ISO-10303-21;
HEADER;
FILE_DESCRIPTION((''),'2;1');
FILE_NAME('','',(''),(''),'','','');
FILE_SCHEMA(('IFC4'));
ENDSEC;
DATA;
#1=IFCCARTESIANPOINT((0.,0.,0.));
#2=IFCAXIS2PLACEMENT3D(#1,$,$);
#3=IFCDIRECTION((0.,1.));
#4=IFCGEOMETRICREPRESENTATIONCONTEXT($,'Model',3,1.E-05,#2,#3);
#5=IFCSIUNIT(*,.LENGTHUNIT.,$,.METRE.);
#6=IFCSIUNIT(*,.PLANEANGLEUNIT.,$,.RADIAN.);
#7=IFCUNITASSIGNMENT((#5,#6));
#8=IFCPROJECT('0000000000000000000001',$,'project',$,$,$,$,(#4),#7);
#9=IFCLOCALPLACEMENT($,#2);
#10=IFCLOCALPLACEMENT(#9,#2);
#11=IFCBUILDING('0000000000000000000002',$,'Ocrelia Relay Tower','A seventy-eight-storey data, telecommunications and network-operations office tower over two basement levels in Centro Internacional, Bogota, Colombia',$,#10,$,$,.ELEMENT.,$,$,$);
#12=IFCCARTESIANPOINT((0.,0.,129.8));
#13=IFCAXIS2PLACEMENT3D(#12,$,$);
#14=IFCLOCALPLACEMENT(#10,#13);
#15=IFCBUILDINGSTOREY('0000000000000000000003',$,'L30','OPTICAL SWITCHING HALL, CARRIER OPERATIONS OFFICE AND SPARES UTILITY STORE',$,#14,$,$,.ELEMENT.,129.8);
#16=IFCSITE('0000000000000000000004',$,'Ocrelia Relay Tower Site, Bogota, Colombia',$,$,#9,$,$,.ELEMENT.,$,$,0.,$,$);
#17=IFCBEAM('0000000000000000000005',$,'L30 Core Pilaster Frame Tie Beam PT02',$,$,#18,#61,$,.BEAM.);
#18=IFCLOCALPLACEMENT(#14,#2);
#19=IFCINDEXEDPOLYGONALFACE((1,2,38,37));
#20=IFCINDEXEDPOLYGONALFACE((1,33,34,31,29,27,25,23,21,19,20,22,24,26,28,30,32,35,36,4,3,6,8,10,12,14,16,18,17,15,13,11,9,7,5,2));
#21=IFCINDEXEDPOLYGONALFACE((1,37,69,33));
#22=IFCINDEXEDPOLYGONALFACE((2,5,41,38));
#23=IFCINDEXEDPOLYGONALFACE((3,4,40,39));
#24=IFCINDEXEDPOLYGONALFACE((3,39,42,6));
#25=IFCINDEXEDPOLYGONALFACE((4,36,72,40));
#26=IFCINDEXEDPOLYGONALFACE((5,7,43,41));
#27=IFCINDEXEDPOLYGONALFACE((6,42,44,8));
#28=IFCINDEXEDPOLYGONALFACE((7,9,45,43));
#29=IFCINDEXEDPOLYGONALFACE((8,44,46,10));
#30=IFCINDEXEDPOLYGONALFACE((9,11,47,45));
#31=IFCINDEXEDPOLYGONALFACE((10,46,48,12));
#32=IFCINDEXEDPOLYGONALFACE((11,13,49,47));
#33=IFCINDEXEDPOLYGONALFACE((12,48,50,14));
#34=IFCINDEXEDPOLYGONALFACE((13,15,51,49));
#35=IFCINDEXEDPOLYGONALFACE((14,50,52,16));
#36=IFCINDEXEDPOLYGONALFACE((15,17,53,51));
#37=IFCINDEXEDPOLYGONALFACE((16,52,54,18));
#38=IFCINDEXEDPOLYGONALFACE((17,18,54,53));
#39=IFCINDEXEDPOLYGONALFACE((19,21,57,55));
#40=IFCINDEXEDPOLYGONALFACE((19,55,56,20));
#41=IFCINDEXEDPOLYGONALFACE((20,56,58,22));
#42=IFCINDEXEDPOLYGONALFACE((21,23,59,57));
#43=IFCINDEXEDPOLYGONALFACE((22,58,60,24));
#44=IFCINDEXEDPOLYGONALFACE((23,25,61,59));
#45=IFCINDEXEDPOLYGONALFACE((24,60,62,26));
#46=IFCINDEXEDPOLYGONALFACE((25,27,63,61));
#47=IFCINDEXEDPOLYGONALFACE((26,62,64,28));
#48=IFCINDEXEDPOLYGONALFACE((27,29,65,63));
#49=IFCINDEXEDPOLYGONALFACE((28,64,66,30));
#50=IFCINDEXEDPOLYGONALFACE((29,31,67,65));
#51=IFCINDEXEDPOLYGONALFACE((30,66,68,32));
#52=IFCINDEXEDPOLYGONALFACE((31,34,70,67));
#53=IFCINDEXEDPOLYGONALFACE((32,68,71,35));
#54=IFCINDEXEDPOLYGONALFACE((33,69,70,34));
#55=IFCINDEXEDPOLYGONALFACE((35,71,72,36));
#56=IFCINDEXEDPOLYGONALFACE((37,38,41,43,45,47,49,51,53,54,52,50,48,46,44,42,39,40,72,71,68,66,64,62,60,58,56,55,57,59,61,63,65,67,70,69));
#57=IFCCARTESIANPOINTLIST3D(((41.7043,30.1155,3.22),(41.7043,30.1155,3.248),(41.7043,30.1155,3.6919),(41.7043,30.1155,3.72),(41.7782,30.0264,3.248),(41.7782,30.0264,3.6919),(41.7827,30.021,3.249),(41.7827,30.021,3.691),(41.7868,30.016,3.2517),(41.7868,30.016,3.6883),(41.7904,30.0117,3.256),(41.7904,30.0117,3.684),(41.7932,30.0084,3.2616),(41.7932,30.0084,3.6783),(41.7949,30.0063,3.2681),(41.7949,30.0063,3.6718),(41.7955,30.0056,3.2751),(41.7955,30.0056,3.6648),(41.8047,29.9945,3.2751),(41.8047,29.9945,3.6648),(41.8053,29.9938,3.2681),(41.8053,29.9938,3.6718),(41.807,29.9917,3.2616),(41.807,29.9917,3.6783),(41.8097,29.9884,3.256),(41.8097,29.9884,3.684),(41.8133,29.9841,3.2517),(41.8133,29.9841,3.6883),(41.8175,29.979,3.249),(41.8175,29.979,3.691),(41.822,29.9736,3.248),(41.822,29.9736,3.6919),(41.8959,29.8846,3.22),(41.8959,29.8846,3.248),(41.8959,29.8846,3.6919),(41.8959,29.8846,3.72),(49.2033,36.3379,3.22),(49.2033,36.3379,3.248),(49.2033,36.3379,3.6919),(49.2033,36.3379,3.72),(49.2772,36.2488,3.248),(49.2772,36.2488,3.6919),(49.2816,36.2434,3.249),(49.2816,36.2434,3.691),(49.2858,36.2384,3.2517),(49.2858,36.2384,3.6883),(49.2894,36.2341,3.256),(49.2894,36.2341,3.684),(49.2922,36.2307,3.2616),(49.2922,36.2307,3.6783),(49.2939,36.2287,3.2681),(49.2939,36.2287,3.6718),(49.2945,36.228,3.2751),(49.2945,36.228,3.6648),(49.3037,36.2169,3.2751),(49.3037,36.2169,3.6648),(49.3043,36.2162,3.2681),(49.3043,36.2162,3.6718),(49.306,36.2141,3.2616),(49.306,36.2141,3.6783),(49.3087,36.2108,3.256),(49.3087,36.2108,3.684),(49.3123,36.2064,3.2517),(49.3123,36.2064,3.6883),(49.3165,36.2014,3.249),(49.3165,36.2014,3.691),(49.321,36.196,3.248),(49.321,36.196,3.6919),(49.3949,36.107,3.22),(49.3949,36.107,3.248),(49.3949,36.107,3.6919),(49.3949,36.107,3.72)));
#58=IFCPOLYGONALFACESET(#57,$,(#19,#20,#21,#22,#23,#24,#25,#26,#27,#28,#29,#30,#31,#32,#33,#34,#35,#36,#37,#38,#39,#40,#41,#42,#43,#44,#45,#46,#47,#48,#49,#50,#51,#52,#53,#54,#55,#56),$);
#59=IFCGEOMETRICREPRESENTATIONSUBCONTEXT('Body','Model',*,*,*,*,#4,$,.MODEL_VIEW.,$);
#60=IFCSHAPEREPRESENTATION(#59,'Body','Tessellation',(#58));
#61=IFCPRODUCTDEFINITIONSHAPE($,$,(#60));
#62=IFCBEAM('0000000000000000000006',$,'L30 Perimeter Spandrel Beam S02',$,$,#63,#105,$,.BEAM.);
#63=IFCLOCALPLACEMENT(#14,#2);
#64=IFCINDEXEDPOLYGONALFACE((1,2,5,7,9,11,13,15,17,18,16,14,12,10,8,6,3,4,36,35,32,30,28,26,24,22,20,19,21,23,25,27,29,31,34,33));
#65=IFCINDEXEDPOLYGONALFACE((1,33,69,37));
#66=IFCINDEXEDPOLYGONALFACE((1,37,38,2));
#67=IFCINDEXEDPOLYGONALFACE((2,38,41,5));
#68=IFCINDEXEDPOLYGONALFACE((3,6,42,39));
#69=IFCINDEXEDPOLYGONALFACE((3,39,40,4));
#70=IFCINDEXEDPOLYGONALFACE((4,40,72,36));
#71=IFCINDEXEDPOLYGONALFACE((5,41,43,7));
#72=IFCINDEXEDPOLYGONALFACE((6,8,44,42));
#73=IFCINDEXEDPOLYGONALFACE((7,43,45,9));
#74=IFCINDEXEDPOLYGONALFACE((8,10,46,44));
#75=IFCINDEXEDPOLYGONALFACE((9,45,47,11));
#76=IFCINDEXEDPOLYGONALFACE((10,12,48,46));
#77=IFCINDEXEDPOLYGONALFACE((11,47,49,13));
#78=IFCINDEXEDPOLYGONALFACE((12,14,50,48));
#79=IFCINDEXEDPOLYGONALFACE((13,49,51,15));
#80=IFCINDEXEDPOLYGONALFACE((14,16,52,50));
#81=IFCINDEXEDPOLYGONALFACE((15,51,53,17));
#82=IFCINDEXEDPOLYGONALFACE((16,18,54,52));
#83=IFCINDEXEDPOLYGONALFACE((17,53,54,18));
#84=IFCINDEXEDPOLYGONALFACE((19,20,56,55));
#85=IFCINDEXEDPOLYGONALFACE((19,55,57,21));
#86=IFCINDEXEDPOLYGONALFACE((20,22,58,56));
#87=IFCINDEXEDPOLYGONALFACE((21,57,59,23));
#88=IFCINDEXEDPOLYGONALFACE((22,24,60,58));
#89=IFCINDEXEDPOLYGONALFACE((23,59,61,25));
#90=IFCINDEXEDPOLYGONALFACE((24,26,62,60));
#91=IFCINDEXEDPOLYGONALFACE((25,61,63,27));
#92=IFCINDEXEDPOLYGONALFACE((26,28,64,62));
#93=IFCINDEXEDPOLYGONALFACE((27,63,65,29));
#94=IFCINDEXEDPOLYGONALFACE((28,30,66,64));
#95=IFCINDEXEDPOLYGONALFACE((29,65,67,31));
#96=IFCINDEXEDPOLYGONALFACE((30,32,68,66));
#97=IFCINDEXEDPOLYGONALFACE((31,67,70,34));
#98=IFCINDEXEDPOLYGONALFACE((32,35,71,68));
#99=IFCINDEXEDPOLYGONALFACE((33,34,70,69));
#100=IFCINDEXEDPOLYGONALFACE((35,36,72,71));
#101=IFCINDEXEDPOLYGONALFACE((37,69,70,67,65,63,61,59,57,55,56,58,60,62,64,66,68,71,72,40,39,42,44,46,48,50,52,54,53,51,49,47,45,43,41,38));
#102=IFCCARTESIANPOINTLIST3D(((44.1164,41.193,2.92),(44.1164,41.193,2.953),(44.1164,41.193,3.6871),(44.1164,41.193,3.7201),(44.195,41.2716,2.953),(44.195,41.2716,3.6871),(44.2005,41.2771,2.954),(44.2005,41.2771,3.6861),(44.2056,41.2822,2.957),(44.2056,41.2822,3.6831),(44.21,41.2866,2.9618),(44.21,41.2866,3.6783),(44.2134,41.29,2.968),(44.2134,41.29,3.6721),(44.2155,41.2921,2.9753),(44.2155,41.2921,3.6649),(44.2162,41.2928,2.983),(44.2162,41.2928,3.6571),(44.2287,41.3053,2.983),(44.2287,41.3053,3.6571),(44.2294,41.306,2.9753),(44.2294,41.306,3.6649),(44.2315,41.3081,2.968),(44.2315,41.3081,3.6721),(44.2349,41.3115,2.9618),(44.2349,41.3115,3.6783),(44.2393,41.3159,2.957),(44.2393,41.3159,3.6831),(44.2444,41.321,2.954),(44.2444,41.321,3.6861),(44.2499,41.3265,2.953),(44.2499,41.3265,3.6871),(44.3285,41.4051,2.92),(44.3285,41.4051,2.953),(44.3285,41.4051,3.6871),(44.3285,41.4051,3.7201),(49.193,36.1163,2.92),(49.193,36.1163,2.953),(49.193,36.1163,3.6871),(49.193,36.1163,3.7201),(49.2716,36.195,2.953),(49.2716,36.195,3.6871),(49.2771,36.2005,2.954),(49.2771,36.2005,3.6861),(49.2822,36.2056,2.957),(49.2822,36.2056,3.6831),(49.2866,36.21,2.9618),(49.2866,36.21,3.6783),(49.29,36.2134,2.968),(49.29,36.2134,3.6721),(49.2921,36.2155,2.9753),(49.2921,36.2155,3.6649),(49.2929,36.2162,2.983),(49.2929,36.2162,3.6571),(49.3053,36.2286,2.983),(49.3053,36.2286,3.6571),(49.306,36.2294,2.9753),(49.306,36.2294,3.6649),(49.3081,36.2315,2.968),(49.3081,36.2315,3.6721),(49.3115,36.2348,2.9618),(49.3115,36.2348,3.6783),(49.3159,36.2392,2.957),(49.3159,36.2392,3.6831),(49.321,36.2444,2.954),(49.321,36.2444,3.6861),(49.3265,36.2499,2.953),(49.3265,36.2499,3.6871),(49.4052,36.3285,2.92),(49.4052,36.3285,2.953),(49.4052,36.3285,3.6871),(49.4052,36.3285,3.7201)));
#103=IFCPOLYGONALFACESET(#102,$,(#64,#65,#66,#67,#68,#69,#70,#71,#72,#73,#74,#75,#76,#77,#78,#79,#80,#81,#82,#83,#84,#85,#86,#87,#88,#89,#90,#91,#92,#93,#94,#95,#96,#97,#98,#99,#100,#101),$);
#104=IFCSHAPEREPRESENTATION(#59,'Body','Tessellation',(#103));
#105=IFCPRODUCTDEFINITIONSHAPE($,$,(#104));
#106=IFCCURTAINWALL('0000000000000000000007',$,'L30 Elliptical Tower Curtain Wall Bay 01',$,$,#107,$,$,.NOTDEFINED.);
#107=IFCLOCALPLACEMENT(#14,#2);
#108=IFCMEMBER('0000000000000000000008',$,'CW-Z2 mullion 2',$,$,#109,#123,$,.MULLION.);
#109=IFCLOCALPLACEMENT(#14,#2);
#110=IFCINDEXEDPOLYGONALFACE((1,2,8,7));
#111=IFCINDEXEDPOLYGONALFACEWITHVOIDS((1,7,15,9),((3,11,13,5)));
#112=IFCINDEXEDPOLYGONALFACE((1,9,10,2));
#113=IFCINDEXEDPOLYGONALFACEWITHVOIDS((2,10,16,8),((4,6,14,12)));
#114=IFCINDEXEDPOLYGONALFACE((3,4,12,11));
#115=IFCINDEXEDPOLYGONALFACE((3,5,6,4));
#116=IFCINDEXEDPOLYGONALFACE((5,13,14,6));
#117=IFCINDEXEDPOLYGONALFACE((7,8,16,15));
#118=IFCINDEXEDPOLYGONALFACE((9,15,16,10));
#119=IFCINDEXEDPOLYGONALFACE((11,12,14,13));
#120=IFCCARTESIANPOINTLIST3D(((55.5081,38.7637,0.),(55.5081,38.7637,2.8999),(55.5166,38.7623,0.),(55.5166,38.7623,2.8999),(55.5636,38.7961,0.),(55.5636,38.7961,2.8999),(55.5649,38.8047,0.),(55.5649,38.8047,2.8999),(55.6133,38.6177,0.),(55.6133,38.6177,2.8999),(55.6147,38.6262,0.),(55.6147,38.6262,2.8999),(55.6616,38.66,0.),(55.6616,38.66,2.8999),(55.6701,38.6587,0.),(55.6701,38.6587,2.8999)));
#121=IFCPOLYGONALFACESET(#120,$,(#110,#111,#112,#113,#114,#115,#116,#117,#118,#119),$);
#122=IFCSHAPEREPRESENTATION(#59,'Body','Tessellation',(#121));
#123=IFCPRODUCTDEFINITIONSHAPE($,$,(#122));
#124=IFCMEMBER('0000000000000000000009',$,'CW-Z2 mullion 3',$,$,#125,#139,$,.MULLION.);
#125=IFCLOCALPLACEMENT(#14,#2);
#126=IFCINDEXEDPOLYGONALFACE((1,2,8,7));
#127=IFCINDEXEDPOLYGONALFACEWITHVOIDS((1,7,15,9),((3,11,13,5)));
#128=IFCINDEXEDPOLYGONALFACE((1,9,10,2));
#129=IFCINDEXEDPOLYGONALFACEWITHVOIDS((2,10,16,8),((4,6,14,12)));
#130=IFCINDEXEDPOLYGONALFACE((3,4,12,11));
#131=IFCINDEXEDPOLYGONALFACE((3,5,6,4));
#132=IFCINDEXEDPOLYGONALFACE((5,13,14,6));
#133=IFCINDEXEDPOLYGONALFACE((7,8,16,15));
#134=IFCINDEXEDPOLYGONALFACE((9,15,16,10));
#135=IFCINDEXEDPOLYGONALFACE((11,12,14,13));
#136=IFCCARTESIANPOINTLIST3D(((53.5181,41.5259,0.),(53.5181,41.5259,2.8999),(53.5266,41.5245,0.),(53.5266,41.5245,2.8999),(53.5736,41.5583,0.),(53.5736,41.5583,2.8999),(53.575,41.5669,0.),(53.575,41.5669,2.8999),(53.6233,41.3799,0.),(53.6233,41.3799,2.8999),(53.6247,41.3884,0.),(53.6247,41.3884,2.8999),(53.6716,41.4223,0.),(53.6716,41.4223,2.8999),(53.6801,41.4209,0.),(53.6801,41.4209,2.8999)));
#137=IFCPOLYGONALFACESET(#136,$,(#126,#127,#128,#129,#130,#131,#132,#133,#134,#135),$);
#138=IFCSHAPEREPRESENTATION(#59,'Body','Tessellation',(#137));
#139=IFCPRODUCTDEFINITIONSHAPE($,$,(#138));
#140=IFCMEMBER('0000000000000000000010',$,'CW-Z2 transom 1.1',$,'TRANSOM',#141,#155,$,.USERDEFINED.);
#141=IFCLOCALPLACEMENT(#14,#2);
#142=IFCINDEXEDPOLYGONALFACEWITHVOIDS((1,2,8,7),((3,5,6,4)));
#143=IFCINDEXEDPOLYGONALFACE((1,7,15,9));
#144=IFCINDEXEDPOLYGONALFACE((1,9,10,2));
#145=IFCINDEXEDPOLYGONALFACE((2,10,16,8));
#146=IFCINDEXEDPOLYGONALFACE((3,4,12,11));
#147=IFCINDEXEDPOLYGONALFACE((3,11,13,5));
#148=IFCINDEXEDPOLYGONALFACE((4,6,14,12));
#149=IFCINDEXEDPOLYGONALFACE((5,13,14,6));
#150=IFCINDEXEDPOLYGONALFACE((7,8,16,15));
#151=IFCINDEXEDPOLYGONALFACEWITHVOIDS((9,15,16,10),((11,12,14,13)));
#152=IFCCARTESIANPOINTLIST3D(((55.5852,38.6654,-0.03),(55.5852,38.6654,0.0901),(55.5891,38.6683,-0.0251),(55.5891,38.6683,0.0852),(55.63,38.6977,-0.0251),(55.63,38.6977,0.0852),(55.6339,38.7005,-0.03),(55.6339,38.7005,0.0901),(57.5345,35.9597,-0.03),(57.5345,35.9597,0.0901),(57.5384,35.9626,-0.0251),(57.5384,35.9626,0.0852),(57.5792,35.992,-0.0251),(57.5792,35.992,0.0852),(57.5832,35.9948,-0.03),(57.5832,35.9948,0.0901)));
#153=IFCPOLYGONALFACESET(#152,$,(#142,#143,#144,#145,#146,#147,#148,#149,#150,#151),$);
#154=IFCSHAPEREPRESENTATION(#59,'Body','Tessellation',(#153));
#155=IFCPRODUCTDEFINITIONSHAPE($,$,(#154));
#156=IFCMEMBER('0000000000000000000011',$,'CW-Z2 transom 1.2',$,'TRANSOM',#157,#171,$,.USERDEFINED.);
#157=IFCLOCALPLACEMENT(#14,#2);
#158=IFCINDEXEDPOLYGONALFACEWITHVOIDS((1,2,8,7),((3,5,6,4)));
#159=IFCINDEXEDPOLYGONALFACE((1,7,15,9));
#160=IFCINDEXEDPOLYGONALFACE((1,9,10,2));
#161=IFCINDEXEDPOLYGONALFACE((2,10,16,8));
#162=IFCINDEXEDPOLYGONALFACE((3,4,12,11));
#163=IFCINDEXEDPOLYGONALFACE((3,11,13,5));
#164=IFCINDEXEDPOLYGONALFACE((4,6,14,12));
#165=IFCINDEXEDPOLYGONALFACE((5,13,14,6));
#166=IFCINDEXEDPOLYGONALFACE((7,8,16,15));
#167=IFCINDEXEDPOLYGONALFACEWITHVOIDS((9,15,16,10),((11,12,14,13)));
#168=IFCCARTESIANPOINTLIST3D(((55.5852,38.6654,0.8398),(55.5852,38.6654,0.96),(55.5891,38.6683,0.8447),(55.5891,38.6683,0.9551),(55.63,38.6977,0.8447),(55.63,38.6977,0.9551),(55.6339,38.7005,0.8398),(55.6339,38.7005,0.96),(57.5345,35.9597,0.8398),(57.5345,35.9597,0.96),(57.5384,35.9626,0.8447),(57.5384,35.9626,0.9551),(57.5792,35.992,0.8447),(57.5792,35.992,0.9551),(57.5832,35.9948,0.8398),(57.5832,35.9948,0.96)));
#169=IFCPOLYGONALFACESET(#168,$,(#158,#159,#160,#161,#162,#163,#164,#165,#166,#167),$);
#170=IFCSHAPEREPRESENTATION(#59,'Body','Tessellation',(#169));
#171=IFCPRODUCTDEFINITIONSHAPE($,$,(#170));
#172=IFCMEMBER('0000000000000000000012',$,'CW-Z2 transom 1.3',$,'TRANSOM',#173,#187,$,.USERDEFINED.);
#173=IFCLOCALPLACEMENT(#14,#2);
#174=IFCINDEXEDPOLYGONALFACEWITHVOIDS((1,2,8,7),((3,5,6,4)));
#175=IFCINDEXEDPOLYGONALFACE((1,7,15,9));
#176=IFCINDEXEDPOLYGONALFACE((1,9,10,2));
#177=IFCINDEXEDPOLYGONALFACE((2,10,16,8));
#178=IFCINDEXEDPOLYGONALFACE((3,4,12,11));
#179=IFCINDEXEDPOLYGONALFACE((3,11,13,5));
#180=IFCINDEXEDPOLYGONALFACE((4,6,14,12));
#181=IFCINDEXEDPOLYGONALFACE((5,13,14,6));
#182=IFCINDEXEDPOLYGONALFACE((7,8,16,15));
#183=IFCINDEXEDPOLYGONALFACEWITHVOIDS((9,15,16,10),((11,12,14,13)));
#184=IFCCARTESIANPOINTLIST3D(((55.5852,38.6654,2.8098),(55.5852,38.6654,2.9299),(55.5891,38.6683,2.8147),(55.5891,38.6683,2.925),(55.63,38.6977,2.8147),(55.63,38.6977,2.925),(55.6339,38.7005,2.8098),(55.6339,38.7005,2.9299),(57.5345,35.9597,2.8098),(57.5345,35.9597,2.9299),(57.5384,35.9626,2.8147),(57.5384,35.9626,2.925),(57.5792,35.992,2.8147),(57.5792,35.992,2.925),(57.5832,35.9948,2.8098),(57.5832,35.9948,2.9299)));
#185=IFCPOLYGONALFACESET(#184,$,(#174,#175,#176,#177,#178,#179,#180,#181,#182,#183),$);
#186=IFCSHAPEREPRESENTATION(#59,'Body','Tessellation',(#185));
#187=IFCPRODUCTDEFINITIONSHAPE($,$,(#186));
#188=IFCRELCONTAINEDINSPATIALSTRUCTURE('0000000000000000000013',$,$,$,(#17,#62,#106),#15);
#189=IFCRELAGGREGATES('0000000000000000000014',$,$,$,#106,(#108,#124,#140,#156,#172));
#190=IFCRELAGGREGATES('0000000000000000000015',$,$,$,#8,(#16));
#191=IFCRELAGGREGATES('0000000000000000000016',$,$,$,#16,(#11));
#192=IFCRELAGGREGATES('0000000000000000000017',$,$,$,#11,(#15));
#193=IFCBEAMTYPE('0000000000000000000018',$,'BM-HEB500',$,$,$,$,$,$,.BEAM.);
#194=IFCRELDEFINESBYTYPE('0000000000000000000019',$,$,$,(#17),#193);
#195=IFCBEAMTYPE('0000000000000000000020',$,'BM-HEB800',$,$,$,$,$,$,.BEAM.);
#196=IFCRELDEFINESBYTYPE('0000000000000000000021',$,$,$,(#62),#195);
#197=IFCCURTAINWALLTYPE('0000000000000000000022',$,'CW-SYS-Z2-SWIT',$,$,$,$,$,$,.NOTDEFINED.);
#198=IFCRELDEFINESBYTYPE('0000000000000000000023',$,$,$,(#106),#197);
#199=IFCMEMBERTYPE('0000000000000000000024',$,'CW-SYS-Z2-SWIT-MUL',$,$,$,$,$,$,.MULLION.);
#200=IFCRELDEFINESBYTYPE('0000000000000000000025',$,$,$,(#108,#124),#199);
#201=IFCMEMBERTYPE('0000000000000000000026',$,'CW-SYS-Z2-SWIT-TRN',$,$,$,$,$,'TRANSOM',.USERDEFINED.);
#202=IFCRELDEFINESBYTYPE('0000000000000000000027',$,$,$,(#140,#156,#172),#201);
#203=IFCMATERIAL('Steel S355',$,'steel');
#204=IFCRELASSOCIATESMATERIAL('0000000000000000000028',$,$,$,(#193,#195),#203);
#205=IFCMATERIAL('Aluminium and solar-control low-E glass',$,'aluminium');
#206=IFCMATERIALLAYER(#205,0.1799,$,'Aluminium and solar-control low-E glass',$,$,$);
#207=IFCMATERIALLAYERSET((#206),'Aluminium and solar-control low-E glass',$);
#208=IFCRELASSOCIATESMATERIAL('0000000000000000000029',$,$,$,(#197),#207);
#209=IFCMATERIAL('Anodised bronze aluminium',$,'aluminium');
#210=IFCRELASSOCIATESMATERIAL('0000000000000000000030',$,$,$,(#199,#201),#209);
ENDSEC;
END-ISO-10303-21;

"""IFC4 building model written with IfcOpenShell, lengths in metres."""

from ifc_helpers import new_model, si_unit, direction, frame, origin, origin_2d, place, context, subcontext, project, spatial, hollow_rectangle, i_section, extrude, material, layer, layer_set, material_profile, profile_set, type_object, element, aggregate, save


model = new_model("IFC4")

# Units and contexts
model_context = context("Model", 3, precision=1e-05, world=origin(), true_north=direction((0.0, 1.0)))
body_context = subcontext(model_context, "Body", "Model", "MODEL_VIEW")
ifc_project = project(units=[si_unit("LENGTHUNIT", "METRE"), si_unit("PLANEANGLEUNIT", "RADIAN")], contexts=[model_context])

# Site, building, storey
site_placement = place(None, origin())
site = spatial("IfcSite", under=ifc_project, at=site_placement, Name="Ocrelia Relay Tower Site, Bogota, Colombia", CompositionType="ELEMENT", RefElevation=0.0)
building_placement = place(site_placement, origin())
building = spatial("IfcBuilding", under=site, at=building_placement, Name="Ocrelia Relay Tower", Description="A seventy-eight-storey data, telecommunications and network-operations office tower over two basement levels in Centro Internacional, Bogota, Colombia", CompositionType="ELEMENT")
storey_placement = place(building_placement, frame((0.0, 0.0, 129.8)))
storey = spatial("IfcBuildingStorey", under=building, at=storey_placement, Name="L30", Description="OPTICAL SWITCHING HALL, CARRIER OPERATIONS OFFICE AND SPARES UTILITY STORE", CompositionType="ELEMENT", Elevation=129.8)

# Beams
ifc_material_1 = material(Name="Steel S355", Category="steel")
ifc_material_profile_1 = material_profile(ifc_material_1, i_section(OverallWidth=0.3, OverallDepth=0.5, WebThickness=0.0144, FlangeThickness=0.0281, FilletRadius=0.0271, at=origin_2d()), Name="HEB 500")
ifc_profile_set_1 = profile_set([ifc_material_profile_1], Name="Steel S355")
beam_type_1 = type_object("IfcBeamType", Name="BM-HEB500", PredefinedType="BEAM", material=ifc_profile_set_1)
beam_1_placement = place(storey_placement, frame((49.2991, 36.2224, 3.47), z_axis=(-0.769571, -0.638561, 0.0), x_axis=(0.638561, -0.769571, 0.0)))
element("IfcBeam", 1, at=beam_1_placement, inside=storey, type_object=beam_type_1, Name="L30 Core Pilaster Frame Tie Beam PT02", PredefinedType="BEAM", context=body_context, shape_type="SweptSolid", body=[
    extrude(i_section(OverallWidth=0.3, OverallDepth=0.5, WebThickness=0.0144, FlangeThickness=0.0281, FilletRadius=0.0271, at=origin_2d()), origin(), (0.0, 0.0, 1.0), 9.7444),
])
ifc_material_profile_2 = material_profile(ifc_material_1, i_section(OverallWidth=0.3, OverallDepth=0.8, WebThickness=0.0176, FlangeThickness=0.033, FilletRadius=0.03, at=origin_2d()), Name="HEB 800")
ifc_profile_set_2 = profile_set([ifc_material_profile_2], Name="Steel S355")
beam_type_2 = type_object("IfcBeamType", Name="BM-HEB800", PredefinedType="BEAM", material=ifc_profile_set_2)
beam_2_placement = place(storey_placement, frame((49.2991, 36.2224, 3.3201), z_axis=(-0.707107, 0.707107, 0.0), x_axis=(-0.707107, -0.707107, 0.0)))
element("IfcBeam", 2, at=beam_2_placement, inside=storey, type_object=beam_type_2, Name="L30 Perimeter Spandrel Beam S02", PredefinedType="BEAM", context=body_context, shape_type="SweptSolid", body=[
    extrude(i_section(OverallWidth=0.3, OverallDepth=0.8, WebThickness=0.0176, FlangeThickness=0.033, FilletRadius=0.03, at=origin_2d()), origin(), (0.0, 0.0, 1.0), 7.1794),
])

# Curtain wall, members
ifc_material_2 = material(Name="Aluminium and solar-control low-E glass", Category="aluminium")
ifc_layer_1 = layer(ifc_material_2, 0.1799, Name="Aluminium and solar-control low-E glass")
ifc_layer_set_1 = layer_set([ifc_layer_1], Name="Aluminium and solar-control low-E glass")
curtain_wall_type = type_object("IfcCurtainWallType", Name="CW-SYS-Z2-SWIT", PredefinedType="NOTDEFINED", material=ifc_layer_set_1)
curtain_wall_placement = place(storey_placement, origin())
curtain_wall = element("IfcCurtainWall", 3, at=curtain_wall_placement, inside=storey, type_object=curtain_wall_type, Name="L30 Elliptical Tower Curtain Wall Bay 01", PredefinedType="NOTDEFINED")
ifc_material_3 = material(Name="Anodised bronze aluminium", Category="aluminium")
ifc_material_profile_3 = material_profile(ifc_material_3, hollow_rectangle(XDim=0.0701, YDim=0.1799, WallThickness=0.0061, at=origin_2d()), Name="CW-MUL-180x70")
ifc_profile_set_3 = profile_set([ifc_material_profile_3], Name="Anodised bronze aluminium")
member_type_1 = type_object("IfcMemberType", Name="CW-SYS-Z2-SWIT-MUL", PredefinedType="MULLION", material=ifc_profile_set_3)
member_1_placement = place(storey_placement, frame((55.5891, 38.7112, 0.0), z_axis=(0.0, 0.0, 1.0), x_axis=(-0.811374, -0.584527, 0.0)))
member_1 = element("IfcMember", 4, at=member_1_placement, type_object=member_type_1, Name="CW-Z2 mullion 2", PredefinedType="MULLION", context=body_context, shape_type="SweptSolid", body=[
    extrude(hollow_rectangle(XDim=0.0701, YDim=0.1799, WallThickness=0.0061, at=origin_2d()), origin(), (0.0, 0.0, 1.0), 2.8999),
])
member_2_placement = place(storey_placement, frame((53.5991, 41.4734, 0.0), z_axis=(0.0, 0.0, 1.0), x_axis=(-0.811374, -0.584527, 0.0)))
member_2 = element("IfcMember", 5, at=member_2_placement, type_object=member_type_1, Name="CW-Z2 mullion 3", PredefinedType="MULLION", context=body_context, shape_type="SweptSolid", body=[
    extrude(hollow_rectangle(XDim=0.0701, YDim=0.1799, WallThickness=0.0061, at=origin_2d()), origin(), (0.0, 0.0, 1.0), 2.8999),
])
ifc_material_profile_4 = material_profile(ifc_material_3, hollow_rectangle(XDim=0.0601, YDim=0.1201, WallThickness=0.0049, at=origin_2d()), Name="CW-TRN-120x60")
ifc_profile_set_4 = profile_set([ifc_material_profile_4], Name="Anodised bronze aluminium")
member_type_2 = type_object("IfcMemberType", Name="CW-SYS-Z2-SWIT-TRN", ElementType="TRANSOM", PredefinedType="USERDEFINED", material=ifc_profile_set_4)
member_3_placement = place(storey_placement, frame((57.5588, 35.9773, 0.03), z_axis=(-0.584544, 0.811362, 0.0), x_axis=(-0.811362, -0.584544, 0.0)))
member_3 = element("IfcMember", 6, at=member_3_placement, type_object=member_type_2, Name="CW-Z2 transom 1.1", ObjectType="TRANSOM", PredefinedType="USERDEFINED", context=body_context, shape_type="SweptSolid", body=[
    extrude(hollow_rectangle(XDim=0.0601, YDim=0.1201, WallThickness=0.0049, at=origin_2d()), origin(), (0.0, 0.0, 1.0), 3.3347),
])
member_4_placement = place(storey_placement, frame((57.5588, 35.9773, 0.8999), z_axis=(-0.584544, 0.811362, 0.0), x_axis=(-0.811362, -0.584544, 0.0)))
member_4 = element("IfcMember", 7, at=member_4_placement, type_object=member_type_2, Name="CW-Z2 transom 1.2", ObjectType="TRANSOM", PredefinedType="USERDEFINED", context=body_context, shape_type="SweptSolid", body=[
    extrude(hollow_rectangle(XDim=0.0601, YDim=0.1201, WallThickness=0.0049, at=origin_2d()), origin(), (0.0, 0.0, 1.0), 3.3347),
])
member_5_placement = place(storey_placement, frame((57.5588, 35.9773, 2.8699), z_axis=(-0.584544, 0.811362, 0.0), x_axis=(-0.811362, -0.584544, 0.0)))
member_5 = element("IfcMember", 8, at=member_5_placement, type_object=member_type_2, Name="CW-Z2 transom 1.3", ObjectType="TRANSOM", PredefinedType="USERDEFINED", context=body_context, shape_type="SweptSolid", body=[
    extrude(hollow_rectangle(XDim=0.0601, YDim=0.1201, WallThickness=0.0049, at=origin_2d()), origin(), (0.0, 0.0, 1.0), 3.3347),
])
aggregate(curtain_wall, [member_1, member_2, member_3, member_4, member_5])

save(model, "model.ifc")
